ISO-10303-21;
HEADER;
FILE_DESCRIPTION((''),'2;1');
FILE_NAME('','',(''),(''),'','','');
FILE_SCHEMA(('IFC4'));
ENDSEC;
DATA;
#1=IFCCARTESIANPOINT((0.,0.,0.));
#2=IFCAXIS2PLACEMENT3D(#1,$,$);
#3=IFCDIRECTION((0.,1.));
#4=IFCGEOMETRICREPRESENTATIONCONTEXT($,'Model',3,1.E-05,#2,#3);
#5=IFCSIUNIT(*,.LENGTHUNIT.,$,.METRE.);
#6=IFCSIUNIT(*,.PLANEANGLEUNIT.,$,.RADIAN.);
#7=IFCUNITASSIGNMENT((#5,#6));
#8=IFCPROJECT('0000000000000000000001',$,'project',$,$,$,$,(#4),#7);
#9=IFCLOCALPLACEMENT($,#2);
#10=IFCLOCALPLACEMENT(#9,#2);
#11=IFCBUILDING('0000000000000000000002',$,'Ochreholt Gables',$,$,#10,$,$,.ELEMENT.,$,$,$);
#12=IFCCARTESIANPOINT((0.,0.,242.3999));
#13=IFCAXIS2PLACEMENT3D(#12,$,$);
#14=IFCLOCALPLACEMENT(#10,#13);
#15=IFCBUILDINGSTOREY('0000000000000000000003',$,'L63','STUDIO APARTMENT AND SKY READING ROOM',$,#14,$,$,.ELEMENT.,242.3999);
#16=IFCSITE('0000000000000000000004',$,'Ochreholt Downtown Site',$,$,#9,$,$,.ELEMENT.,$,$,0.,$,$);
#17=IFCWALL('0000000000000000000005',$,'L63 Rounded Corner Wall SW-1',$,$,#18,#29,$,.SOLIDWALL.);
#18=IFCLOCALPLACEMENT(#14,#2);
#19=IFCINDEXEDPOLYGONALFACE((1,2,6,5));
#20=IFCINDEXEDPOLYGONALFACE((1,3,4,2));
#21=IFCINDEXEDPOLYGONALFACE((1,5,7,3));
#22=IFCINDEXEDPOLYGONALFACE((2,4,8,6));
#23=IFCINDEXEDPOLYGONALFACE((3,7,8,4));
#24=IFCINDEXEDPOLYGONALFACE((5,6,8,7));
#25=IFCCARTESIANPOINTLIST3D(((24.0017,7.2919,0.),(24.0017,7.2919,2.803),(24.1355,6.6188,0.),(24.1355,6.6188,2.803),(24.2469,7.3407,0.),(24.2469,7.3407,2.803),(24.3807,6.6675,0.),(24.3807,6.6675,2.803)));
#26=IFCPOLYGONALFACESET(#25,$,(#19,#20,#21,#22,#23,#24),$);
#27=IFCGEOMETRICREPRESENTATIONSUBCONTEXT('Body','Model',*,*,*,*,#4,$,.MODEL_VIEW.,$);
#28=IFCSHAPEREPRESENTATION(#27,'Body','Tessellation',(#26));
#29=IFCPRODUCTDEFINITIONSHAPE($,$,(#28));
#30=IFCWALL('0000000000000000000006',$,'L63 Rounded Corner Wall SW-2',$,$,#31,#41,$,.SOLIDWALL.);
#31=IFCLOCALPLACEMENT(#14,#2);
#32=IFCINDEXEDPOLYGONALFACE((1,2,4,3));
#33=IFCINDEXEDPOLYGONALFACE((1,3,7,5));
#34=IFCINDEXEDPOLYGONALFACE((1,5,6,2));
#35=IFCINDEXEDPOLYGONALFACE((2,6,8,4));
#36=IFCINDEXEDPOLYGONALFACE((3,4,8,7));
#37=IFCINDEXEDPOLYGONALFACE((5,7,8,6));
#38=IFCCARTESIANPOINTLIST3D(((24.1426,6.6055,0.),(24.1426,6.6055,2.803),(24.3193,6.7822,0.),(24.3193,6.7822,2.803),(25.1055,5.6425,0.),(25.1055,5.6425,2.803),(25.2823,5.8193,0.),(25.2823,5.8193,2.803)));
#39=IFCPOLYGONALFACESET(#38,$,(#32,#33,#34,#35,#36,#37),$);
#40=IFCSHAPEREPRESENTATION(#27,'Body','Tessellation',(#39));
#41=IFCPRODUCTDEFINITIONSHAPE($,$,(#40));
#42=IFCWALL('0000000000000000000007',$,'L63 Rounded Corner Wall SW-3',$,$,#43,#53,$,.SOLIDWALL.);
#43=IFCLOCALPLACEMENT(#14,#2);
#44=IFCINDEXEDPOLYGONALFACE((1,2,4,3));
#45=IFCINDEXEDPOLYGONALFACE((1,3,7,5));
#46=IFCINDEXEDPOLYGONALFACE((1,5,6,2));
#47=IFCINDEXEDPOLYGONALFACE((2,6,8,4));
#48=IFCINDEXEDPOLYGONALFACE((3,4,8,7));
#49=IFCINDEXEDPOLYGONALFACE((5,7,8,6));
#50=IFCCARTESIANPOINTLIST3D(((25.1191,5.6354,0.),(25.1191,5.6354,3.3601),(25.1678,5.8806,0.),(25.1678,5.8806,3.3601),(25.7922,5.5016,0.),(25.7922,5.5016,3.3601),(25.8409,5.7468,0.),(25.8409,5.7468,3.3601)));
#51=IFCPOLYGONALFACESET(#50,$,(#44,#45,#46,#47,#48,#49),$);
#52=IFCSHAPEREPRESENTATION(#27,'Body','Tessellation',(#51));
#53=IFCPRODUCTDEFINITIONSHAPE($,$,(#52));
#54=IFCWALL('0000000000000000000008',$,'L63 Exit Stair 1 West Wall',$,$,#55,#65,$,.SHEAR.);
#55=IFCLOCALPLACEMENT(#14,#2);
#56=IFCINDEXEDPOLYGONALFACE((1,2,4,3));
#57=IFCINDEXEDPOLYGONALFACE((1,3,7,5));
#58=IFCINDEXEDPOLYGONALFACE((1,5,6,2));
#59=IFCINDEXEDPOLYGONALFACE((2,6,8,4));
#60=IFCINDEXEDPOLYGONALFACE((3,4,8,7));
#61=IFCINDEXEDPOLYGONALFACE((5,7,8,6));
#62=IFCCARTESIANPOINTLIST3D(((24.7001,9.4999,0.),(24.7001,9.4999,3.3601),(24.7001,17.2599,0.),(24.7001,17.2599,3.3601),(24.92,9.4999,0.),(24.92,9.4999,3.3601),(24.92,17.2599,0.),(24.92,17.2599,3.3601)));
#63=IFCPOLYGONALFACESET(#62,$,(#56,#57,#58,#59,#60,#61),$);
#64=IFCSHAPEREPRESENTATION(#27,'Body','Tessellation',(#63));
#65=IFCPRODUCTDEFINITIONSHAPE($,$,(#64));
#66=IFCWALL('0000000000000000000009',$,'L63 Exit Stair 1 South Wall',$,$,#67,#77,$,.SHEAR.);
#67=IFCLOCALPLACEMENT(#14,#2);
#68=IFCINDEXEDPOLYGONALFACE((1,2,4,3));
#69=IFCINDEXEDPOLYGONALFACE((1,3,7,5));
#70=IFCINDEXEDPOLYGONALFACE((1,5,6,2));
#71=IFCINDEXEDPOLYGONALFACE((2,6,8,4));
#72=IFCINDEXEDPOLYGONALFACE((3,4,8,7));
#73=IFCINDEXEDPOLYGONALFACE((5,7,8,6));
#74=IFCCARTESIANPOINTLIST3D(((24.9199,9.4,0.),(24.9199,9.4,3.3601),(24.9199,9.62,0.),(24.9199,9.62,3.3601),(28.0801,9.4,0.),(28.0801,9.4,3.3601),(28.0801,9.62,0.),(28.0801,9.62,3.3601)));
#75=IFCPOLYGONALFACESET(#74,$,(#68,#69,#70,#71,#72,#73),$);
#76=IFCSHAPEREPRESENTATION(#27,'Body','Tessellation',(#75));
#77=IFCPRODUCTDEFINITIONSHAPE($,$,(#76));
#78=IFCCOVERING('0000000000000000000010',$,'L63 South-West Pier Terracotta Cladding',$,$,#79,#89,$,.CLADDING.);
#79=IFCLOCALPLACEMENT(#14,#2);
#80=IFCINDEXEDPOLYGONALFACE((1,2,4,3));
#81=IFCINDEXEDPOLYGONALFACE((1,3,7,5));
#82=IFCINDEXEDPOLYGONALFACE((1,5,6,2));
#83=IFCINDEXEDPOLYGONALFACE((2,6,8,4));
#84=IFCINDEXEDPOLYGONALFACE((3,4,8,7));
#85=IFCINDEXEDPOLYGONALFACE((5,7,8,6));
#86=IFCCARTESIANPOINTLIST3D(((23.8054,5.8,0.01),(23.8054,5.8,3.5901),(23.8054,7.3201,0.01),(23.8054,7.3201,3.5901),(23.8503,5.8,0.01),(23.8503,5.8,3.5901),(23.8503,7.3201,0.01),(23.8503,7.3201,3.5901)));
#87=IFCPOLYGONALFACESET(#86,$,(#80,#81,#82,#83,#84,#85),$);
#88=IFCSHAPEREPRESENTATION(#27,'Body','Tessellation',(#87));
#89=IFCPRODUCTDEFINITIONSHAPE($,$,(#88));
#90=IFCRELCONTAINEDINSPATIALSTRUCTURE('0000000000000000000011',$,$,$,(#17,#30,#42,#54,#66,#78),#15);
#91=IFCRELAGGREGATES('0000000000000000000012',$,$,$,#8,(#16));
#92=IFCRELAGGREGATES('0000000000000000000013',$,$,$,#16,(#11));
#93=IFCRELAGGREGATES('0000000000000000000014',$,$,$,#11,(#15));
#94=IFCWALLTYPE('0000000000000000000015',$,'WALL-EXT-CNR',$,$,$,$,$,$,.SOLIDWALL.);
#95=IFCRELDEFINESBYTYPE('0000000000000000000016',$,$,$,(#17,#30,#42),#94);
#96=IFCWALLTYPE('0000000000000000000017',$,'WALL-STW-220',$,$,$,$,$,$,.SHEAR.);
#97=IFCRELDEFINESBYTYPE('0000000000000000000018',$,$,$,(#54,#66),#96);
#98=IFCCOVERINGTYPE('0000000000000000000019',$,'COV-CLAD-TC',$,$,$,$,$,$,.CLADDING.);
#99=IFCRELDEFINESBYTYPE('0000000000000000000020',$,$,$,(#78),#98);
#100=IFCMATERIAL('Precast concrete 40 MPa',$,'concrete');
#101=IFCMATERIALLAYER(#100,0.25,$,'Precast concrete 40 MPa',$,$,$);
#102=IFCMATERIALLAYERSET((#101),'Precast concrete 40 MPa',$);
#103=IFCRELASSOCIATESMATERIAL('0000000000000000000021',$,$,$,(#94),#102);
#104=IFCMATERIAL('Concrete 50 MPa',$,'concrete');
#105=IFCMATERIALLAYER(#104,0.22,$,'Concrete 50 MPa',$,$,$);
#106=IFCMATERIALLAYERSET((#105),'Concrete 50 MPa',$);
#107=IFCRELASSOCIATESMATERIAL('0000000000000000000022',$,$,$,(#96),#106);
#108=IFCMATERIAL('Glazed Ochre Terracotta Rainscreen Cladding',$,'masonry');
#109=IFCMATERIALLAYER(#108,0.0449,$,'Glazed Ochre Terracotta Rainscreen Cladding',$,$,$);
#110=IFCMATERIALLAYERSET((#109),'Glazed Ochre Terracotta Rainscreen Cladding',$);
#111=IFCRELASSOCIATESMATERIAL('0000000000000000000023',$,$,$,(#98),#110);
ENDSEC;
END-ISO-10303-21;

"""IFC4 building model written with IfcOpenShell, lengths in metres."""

from ifc_helpers import new_model, si_unit, direction, frame, frame_2d, origin, origin_2d, place, context, subcontext, project, spatial, rectangle, extrude, material, layer, layer_set, type_object, element, save


model = new_model("IFC4")

# Units and contexts
model_context = context("Model", 3, precision=1e-05, world=origin(), true_north=direction((0.0, 1.0)))
body_context = subcontext(model_context, "Body", "Model", "MODEL_VIEW")
ifc_project = project(units=[si_unit("LENGTHUNIT", "METRE"), si_unit("PLANEANGLEUNIT", "RADIAN")], contexts=[model_context])

# Site, building, storey
site_placement = place(None, origin())
site = spatial("IfcSite", under=ifc_project, at=site_placement, Name="Ochreholt Downtown Site", CompositionType="ELEMENT", RefElevation=0.0)
building_placement = place(site_placement, origin())
building = spatial("IfcBuilding", under=site, at=building_placement, Name="Ochreholt Gables", CompositionType="ELEMENT")
storey_placement = place(building_placement, frame((0.0, 0.0, 242.3999)))
storey = spatial("IfcBuildingStorey", under=building, at=storey_placement, Name="L63", Description="STUDIO APARTMENT AND SKY READING ROOM", CompositionType="ELEMENT", Elevation=242.3999)

# Shared definitions
ifc_material_1 = material(Name="Concrete 50 MPa", Category="concrete")

# Shared definitions
ifc_material_2 = material(Name="Precast concrete 40 MPa", Category="concrete")

# Walls
ifc_layer_1 = layer(ifc_material_2, 0.25, Name="Precast concrete 40 MPa")
ifc_layer_set_1 = layer_set([ifc_layer_1], Name="Precast concrete 40 MPa")
wall_type_1 = type_object("IfcWallType", Name="WALL-EXT-CNR", PredefinedType="SOLIDWALL", material=ifc_layer_set_1)
wall_1_placement = place(storey_placement, frame((24.1243, 7.3164, 0.0), z_axis=(0.0, 0.0, 1.0), x_axis=(0.194953, -0.980813, 0.0)))
element("IfcWall", 1, at=wall_1_placement, inside=storey, type_object=wall_type_1, Name="L63 Rounded Corner Wall SW-1", PredefinedType="SOLIDWALL", context=body_context, shape_type="SweptSolid", body=[
    extrude(rectangle(XDim=0.6863, YDim=0.25, at=frame_2d((0.3433, 0.0))), origin(), (0.0, 0.0, 1.0), 2.803),
])
wall_2_placement = place(storey_placement, frame((24.231, 6.6938, 0.0), z_axis=(0.0, 0.0, 1.0), x_axis=(0.707107, -0.707107, 0.0)))
element("IfcWall", 2, at=wall_2_placement, inside=storey, type_object=wall_type_1, Name="L63 Rounded Corner Wall SW-2", PredefinedType="SOLIDWALL", context=body_context, shape_type="SweptSolid", body=[
    extrude(rectangle(XDim=1.3618, YDim=0.25, at=frame_2d((0.6809, 0.0))), origin(), (0.0, 0.0, 1.0), 2.803),
])
wall_3_placement = place(storey_placement, frame((25.1433, 5.7581, 0.0), z_axis=(0.0, 0.0, 1.0), x_axis=(0.980813, -0.194953, 0.0)))
element("IfcWall", 3, at=wall_3_placement, inside=storey, type_object=wall_type_1, Name="L63 Rounded Corner Wall SW-3", PredefinedType="SOLIDWALL", context=body_context, shape_type="SweptSolid", body=[
    extrude(rectangle(XDim=0.6863, YDim=0.25, at=frame_2d((0.3433, 0.0))), origin(), (0.0, 0.0, 1.0), 3.3601),
])
ifc_layer_2 = layer(ifc_material_1, 0.22, Name="Concrete 50 MPa")
ifc_layer_set_2 = layer_set([ifc_layer_2], Name="Concrete 50 MPa")
wall_type_2 = type_object("IfcWallType", Name="WALL-STW-220", PredefinedType="SHEAR", material=ifc_layer_set_2)
wall_4_placement = place(storey_placement, frame((24.8101, 9.5, 0.0), z_axis=(0.0, 0.0, 1.0), x_axis=(0.0, 1.0, 0.0)))
element("IfcWall", 4, at=wall_4_placement, inside=storey, type_object=wall_type_2, Name="L63 Exit Stair 1 West Wall", PredefinedType="SHEAR", context=body_context, shape_type="SweptSolid", body=[
    extrude(rectangle(XDim=7.76, YDim=0.22, at=frame_2d((3.8799, 0.0))), origin(), (0.0, 0.0, 1.0), 3.3601),
])
wall_5_placement = place(storey_placement, frame((24.9199, 9.51, 0.0), z_axis=(0.0, 0.0, 1.0), x_axis=(1.0, 0.0, 0.0)))
element("IfcWall", 5, at=wall_5_placement, inside=storey, type_object=wall_type_2, Name="L63 Exit Stair 1 South Wall", PredefinedType="SHEAR", context=body_context, shape_type="SweptSolid", body=[
    extrude(rectangle(XDim=3.1602, YDim=0.22, at=frame_2d((1.5801, 0.0))), origin(), (0.0, 0.0, 1.0), 3.3601),
])

# Covering
ifc_material_3 = material(Name="Glazed Ochre Terracotta Rainscreen Cladding", Category="masonry")
ifc_layer_3 = layer(ifc_material_3, 0.0449, Name="Glazed Ochre Terracotta Rainscreen Cladding")
ifc_layer_set_3 = layer_set([ifc_layer_3], Name="Glazed Ochre Terracotta Rainscreen Cladding")
covering_type = type_object("IfcCoveringType", Name="COV-CLAD-TC", PredefinedType="CLADDING", material=ifc_layer_set_3)
covering_placement = place(storey_placement, frame((23.8279, 6.5601, 0.01), z_axis=(0.0, 0.0, 1.0), x_axis=(0.0, 1.0, 0.0)))
element("IfcCovering", 6, at=covering_placement, inside=storey, type_object=covering_type, Name="L63 South-West Pier Terracotta Cladding", PredefinedType="CLADDING", context=body_context, shape_type="SweptSolid", body=[
    extrude(rectangle(XDim=1.52, YDim=0.0449, at=origin_2d()), origin(), (0.0, 0.0, 1.0), 3.5801),
])

save(model, "model.ifc")
